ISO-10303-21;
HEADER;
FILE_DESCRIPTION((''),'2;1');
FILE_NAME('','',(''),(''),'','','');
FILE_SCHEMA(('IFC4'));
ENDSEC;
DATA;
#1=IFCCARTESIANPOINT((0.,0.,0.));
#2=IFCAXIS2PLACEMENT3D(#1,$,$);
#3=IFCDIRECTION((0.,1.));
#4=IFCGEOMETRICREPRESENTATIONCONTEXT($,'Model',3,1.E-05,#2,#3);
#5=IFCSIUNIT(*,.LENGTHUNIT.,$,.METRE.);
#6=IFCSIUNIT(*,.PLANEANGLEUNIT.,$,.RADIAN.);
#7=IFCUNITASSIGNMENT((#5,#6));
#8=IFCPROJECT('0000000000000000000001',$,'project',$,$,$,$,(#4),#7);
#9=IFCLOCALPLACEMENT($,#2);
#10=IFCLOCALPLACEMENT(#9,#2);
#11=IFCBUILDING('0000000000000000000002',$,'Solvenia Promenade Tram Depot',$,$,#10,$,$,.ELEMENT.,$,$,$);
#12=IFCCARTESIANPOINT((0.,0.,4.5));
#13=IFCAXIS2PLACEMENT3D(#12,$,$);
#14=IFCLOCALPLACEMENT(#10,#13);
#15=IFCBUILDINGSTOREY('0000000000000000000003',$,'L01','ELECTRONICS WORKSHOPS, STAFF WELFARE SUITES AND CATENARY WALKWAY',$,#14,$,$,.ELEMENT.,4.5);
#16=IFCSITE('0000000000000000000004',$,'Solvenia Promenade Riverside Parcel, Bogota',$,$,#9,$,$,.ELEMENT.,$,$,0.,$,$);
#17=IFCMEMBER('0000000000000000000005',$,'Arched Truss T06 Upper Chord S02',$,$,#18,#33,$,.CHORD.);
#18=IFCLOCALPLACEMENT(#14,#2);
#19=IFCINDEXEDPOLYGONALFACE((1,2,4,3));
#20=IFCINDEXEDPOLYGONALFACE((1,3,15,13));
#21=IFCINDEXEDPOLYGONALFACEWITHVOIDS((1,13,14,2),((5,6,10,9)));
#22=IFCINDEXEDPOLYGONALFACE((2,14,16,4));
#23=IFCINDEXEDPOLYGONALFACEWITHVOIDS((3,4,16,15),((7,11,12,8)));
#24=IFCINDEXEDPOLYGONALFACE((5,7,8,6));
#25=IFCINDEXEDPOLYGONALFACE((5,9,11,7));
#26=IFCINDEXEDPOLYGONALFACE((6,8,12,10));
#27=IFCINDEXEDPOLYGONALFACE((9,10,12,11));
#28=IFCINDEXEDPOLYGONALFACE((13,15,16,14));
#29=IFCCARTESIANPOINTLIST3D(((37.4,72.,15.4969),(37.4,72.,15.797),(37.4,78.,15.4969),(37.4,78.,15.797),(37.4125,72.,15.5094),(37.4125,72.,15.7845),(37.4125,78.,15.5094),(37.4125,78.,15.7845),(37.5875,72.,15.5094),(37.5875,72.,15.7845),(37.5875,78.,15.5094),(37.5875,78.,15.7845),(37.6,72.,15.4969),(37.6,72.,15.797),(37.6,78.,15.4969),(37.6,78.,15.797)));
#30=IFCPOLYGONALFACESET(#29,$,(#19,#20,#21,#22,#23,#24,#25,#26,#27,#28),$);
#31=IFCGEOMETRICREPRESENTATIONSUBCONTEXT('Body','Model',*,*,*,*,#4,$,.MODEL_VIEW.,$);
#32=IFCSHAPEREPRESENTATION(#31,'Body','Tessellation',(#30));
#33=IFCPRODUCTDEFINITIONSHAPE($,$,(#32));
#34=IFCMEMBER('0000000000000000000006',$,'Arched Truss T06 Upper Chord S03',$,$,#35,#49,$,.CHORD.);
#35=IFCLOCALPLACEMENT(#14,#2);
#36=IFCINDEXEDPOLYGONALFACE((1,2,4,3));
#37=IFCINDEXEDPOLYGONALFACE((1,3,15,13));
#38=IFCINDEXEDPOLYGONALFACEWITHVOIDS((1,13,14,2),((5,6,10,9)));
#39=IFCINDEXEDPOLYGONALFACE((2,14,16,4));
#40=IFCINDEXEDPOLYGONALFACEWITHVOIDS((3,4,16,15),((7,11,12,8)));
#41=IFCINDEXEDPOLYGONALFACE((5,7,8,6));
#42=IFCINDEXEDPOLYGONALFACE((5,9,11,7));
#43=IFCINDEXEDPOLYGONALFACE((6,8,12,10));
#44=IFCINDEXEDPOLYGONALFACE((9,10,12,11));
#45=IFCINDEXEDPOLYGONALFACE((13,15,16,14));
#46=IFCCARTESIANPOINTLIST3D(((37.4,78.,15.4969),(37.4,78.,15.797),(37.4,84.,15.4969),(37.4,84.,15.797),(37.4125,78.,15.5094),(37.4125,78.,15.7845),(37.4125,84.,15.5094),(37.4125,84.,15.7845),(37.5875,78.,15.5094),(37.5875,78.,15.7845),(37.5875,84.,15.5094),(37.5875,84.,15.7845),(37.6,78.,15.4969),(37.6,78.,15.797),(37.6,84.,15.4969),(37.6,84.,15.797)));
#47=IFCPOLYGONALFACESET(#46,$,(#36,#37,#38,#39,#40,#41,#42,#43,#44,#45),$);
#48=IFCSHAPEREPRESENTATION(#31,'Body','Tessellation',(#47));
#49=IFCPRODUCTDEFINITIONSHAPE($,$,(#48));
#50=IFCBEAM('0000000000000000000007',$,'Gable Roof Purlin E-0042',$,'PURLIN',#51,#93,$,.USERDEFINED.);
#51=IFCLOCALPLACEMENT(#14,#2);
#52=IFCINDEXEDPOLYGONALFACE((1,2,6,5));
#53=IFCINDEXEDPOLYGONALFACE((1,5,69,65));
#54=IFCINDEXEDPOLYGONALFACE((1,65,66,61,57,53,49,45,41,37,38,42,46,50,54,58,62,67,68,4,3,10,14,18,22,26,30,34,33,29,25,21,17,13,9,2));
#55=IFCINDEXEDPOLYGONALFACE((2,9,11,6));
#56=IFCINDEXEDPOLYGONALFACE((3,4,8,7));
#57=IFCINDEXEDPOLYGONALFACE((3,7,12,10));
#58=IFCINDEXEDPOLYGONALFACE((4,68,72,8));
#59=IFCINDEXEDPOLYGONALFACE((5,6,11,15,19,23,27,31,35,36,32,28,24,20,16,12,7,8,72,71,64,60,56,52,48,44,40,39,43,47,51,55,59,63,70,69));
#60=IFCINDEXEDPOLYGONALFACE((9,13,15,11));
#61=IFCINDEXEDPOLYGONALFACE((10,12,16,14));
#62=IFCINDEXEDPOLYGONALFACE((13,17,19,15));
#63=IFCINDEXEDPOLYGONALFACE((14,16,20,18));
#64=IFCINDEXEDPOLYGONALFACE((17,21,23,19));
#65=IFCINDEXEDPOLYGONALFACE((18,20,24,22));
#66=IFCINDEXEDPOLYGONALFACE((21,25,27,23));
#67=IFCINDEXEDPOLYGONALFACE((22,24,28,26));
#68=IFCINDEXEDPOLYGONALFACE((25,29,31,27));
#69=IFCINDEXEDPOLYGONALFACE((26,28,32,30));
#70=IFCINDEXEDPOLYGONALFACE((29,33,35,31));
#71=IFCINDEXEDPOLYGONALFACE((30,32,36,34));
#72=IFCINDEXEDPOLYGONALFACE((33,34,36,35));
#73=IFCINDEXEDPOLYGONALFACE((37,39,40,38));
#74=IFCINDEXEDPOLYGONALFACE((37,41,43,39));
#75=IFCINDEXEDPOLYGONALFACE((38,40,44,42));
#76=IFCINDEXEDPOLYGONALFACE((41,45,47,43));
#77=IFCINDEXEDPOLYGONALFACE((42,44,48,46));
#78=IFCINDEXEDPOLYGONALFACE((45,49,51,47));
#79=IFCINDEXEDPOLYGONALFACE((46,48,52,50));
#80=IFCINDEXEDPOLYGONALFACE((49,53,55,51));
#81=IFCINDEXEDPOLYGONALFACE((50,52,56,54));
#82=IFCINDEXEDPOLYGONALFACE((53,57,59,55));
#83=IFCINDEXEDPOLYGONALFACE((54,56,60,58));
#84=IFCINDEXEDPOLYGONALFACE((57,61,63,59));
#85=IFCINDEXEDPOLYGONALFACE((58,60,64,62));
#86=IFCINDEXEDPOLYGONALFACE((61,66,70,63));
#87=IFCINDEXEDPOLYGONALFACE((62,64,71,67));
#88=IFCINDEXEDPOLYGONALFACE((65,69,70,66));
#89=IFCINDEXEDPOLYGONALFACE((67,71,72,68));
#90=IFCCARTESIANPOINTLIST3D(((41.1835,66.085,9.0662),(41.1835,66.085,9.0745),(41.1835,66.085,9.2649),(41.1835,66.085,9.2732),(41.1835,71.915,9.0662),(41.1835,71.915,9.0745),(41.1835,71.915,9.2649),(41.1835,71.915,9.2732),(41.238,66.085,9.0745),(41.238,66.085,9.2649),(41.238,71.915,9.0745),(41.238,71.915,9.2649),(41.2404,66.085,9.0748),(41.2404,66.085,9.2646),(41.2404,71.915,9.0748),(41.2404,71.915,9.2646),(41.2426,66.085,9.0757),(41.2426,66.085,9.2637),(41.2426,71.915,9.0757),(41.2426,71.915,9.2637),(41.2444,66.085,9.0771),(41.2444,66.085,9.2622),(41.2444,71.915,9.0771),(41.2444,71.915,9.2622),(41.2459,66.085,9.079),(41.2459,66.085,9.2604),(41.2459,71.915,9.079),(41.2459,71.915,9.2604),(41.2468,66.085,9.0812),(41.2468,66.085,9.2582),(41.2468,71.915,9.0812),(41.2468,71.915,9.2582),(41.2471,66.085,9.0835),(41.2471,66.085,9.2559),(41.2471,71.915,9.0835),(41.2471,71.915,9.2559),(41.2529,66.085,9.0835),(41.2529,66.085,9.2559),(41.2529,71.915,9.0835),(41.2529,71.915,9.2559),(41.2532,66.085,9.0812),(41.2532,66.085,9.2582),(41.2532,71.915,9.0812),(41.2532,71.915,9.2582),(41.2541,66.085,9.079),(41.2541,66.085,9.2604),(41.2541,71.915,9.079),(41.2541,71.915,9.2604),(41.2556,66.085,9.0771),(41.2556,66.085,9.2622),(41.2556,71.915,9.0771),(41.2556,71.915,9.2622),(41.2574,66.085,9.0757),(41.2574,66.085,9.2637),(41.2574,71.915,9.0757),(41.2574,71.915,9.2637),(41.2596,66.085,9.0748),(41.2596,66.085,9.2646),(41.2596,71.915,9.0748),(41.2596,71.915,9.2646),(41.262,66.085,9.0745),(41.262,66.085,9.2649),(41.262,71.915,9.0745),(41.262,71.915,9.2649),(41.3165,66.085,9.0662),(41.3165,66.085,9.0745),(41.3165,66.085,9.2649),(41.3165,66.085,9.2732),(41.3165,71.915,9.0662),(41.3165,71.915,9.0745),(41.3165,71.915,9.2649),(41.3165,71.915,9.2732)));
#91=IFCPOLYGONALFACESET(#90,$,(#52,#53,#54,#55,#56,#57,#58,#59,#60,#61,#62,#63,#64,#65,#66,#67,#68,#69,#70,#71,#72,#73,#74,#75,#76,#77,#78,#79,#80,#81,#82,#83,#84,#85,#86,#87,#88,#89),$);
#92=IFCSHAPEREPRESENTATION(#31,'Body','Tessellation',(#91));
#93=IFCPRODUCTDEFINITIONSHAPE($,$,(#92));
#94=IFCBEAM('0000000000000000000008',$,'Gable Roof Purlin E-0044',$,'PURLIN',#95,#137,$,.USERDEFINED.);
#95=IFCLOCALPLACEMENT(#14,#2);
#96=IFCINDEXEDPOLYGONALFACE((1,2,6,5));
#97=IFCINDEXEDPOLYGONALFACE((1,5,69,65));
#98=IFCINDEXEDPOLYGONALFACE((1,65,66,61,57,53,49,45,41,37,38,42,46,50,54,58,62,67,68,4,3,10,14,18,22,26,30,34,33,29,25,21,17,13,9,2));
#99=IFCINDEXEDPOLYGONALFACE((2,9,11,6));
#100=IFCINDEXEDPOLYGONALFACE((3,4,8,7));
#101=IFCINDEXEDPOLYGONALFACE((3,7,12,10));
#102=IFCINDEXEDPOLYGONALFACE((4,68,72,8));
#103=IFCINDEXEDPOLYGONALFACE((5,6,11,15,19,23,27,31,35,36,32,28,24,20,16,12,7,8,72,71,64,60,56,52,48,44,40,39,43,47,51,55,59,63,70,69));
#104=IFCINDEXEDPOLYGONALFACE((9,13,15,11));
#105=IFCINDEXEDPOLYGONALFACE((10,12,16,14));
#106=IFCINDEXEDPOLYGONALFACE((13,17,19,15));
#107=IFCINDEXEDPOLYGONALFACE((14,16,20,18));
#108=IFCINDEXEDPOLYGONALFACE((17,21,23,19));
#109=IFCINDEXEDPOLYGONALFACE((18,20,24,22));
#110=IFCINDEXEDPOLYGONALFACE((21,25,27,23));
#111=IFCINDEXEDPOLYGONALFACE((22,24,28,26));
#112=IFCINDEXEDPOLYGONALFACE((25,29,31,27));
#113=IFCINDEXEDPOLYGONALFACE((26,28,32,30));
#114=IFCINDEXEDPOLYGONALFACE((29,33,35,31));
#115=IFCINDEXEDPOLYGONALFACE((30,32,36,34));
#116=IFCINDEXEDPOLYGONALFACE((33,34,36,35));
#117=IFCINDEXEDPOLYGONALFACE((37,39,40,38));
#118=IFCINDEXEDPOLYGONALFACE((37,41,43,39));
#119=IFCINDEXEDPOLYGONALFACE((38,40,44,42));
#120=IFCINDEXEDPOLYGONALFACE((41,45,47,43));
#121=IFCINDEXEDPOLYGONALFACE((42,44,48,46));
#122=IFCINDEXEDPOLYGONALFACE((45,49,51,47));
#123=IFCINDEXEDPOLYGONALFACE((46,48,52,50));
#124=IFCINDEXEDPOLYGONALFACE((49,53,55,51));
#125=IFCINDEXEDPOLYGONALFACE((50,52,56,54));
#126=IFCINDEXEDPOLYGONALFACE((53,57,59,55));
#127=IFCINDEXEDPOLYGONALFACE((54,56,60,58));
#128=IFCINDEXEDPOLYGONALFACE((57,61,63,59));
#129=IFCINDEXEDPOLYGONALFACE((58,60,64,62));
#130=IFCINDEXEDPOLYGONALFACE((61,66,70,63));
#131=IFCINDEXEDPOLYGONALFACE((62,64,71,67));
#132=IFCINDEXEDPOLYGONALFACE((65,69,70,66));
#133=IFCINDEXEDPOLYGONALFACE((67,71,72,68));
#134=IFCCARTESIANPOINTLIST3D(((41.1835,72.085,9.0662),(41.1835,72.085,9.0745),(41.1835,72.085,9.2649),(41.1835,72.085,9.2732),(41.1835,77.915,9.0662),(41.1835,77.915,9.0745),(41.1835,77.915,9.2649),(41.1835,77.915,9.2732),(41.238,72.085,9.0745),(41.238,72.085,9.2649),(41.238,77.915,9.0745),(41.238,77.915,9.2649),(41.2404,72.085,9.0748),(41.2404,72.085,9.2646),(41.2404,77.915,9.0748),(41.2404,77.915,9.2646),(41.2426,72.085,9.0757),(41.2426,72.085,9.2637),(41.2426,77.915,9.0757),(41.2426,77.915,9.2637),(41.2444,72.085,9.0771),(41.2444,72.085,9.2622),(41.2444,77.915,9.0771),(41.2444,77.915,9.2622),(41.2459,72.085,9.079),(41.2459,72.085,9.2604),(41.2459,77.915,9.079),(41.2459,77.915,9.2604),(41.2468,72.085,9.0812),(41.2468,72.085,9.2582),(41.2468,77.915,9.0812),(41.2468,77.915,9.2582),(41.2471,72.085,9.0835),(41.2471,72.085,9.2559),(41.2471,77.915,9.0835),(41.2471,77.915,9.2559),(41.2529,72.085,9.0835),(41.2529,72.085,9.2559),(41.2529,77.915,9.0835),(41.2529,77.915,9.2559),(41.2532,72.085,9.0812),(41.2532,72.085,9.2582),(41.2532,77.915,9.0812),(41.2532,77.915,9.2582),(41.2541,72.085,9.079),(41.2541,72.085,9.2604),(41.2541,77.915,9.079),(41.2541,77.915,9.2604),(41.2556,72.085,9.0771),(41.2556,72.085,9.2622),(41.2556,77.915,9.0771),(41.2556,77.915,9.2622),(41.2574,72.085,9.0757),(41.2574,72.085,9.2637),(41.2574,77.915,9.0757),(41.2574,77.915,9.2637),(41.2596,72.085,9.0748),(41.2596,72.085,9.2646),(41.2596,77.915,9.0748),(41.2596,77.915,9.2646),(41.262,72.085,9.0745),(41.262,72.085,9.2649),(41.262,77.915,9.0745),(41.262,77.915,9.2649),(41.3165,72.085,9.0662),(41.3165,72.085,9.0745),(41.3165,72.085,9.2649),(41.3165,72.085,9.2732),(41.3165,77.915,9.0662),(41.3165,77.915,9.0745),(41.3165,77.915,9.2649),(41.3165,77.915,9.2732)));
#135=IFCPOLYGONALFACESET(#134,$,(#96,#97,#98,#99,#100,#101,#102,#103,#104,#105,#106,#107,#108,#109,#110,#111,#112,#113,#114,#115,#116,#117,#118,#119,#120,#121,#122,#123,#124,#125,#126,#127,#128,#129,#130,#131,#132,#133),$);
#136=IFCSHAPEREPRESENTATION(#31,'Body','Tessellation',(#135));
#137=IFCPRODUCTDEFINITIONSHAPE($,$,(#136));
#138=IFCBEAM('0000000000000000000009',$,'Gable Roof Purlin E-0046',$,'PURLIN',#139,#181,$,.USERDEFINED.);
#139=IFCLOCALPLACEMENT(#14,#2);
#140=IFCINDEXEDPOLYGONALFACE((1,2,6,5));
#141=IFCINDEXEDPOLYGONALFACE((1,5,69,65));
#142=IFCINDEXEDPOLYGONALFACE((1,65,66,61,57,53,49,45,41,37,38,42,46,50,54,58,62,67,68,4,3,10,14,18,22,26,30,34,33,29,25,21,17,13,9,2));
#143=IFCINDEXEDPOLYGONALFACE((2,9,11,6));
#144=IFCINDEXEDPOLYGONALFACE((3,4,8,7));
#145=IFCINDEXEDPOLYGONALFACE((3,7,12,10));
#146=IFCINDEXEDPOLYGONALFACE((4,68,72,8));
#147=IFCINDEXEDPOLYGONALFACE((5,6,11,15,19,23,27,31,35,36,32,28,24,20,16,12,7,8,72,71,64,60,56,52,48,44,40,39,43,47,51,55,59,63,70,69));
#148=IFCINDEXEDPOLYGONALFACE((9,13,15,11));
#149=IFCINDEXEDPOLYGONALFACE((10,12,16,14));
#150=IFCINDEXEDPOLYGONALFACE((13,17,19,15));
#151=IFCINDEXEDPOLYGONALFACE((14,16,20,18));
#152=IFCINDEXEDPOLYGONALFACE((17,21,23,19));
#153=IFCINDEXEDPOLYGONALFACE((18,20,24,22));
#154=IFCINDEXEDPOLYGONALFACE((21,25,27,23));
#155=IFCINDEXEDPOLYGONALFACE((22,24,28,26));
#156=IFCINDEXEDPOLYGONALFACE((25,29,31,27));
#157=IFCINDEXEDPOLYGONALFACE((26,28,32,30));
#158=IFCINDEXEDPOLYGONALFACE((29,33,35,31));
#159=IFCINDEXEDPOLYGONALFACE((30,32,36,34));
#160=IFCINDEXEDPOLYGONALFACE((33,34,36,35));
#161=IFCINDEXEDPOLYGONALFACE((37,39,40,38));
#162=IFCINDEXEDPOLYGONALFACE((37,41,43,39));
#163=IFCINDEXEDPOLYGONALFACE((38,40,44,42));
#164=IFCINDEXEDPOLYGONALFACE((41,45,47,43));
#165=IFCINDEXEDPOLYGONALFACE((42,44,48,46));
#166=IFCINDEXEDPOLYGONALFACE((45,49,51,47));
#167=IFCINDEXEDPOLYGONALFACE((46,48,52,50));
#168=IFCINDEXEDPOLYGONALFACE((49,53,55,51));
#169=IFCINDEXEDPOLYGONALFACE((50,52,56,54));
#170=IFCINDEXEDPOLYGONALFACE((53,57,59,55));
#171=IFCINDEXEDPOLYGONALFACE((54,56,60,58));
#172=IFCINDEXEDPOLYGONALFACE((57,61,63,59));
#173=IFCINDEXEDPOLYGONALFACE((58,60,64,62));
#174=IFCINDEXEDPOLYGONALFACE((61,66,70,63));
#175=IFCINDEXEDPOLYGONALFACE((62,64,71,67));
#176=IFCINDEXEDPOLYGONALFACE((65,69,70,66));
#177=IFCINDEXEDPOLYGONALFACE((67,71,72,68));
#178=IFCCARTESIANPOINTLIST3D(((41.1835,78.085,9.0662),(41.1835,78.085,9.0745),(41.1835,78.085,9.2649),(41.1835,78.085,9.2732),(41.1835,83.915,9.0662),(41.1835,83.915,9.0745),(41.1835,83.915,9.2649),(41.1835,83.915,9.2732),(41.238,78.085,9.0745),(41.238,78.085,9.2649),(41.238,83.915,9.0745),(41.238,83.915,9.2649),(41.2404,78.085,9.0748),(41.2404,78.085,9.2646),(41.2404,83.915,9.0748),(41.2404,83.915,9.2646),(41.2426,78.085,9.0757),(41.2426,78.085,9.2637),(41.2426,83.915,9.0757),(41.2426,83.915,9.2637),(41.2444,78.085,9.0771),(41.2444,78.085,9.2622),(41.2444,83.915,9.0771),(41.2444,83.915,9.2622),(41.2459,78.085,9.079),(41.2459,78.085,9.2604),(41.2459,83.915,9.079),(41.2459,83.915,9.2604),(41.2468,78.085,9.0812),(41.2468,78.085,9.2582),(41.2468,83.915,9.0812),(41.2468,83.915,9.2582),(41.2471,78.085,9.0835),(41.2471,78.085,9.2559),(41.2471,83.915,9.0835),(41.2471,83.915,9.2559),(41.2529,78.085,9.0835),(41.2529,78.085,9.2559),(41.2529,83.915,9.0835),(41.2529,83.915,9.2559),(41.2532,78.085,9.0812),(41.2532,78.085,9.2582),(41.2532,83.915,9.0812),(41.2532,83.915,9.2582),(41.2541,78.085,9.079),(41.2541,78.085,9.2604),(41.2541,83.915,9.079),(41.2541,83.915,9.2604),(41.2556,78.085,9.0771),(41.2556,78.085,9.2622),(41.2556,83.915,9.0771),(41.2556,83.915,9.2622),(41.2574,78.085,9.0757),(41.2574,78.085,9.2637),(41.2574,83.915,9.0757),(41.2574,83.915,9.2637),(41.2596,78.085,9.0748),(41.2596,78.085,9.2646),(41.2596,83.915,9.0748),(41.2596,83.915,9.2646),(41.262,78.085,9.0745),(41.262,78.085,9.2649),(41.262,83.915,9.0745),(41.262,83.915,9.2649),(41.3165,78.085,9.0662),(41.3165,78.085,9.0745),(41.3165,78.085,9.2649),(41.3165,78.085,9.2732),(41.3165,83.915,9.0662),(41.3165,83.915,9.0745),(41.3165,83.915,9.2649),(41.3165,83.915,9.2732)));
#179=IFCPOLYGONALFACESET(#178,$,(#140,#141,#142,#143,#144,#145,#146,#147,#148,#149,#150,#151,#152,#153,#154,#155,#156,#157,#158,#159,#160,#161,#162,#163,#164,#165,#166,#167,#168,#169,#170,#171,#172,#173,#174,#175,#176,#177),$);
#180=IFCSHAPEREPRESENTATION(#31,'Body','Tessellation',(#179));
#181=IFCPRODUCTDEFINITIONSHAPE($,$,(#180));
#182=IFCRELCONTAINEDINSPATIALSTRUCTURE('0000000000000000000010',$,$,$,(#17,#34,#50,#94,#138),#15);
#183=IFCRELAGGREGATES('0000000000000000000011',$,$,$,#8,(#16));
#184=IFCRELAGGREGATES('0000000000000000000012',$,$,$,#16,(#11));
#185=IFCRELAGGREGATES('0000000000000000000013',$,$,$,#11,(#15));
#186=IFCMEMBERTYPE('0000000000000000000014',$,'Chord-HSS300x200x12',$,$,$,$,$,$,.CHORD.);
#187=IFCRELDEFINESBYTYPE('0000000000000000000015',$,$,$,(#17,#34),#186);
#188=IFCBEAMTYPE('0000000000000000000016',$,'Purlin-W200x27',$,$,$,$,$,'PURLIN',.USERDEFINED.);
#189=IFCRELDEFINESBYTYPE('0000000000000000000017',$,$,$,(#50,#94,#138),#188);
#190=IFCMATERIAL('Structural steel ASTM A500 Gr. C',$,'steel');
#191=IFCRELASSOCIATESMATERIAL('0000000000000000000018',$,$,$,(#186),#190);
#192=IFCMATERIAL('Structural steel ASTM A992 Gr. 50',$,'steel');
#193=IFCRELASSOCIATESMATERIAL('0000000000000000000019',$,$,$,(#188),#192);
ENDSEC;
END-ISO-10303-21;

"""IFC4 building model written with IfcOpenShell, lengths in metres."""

from ifc_helpers import new_model, si_unit, direction, frame, origin, origin_2d, place, context, subcontext, project, spatial, hollow_rectangle, i_section, extrude, material, material_profile, profile_set, type_object, element, save


model = new_model("IFC4")

# Units and contexts
model_context = context("Model", 3, precision=1e-05, world=origin(), true_north=direction((0.0, 1.0)))
body_context = subcontext(model_context, "Body", "Model", "MODEL_VIEW")
ifc_project = project(units=[si_unit("LENGTHUNIT", "METRE"), si_unit("PLANEANGLEUNIT", "RADIAN")], contexts=[model_context])

# Site, building, storey
site_placement = place(None, origin())
site = spatial("IfcSite", under=ifc_project, at=site_placement, Name="Solvenia Promenade Riverside Parcel, Bogota", CompositionType="ELEMENT", RefElevation=0.0)
building_placement = place(site_placement, origin())
building = spatial("IfcBuilding", under=site, at=building_placement, Name="Solvenia Promenade Tram Depot", CompositionType="ELEMENT")
storey_placement = place(building_placement, frame((0.0, 0.0, 4.5)))
storey = spatial("IfcBuildingStorey", under=building, at=storey_placement, Name="L01", Description="ELECTRONICS WORKSHOPS, STAFF WELFARE SUITES AND CATENARY WALKWAY", CompositionType="ELEMENT", Elevation=4.5)

# Members
ifc_material_1 = material(Name="Structural steel ASTM A500 Gr. C", Category="steel")
ifc_material_profile_1 = material_profile(ifc_material_1, hollow_rectangle(XDim=0.2, YDim=0.3, WallThickness=0.0125, at=origin_2d()), Name="HSS300x200x12.5", Category="steel")
ifc_profile_set_1 = profile_set([ifc_material_profile_1], Name="Structural steel ASTM A500 Gr. C")
member_type_1 = type_object("IfcMemberType", Name="Chord-HSS300x200x12", PredefinedType="CHORD", material=ifc_profile_set_1)
for number, where, z_axis, x_axis, name in (
    (1, (37.5, 72.0, 15.647), (0.0, 1.0, 0.0), (-1.0, 0.0, 0.0), "Arched Truss T06 Upper Chord S02"),
    (2, (37.5, 78.0, 15.647), (0.0, 1.0, 0.0), (-1.0, 0.0, 0.0), "Arched Truss T06 Upper Chord S03"),
):
    element("IfcMember", number, at=place(storey_placement, frame(where, z_axis=z_axis, x_axis=x_axis)), inside=storey, type_object=member_type_1, Name=name, PredefinedType="CHORD", context=body_context, shape_type="SweptSolid", body=[
        extrude(hollow_rectangle(XDim=0.2, YDim=0.3, WallThickness=0.0125, at=origin_2d()), origin(), (0.0, 0.0, 1.0), 6.0),
    ])

# Beams
ifc_material_2 = material(Name="Structural steel ASTM A992 Gr. 50", Category="steel")
ifc_material_profile_2 = material_profile(ifc_material_2, i_section(OverallWidth=0.1331, OverallDepth=0.207, WebThickness=0.0059, FlangeThickness=0.0083, FilletRadius=0.009, at=origin_2d()), Name="W200x27", Category="steel")
ifc_profile_set_2 = profile_set([ifc_material_profile_2], Name="Structural steel ASTM A992 Gr. 50")
beam_type_1 = type_object("IfcBeamType", Name="Purlin-W200x27", ElementType="PURLIN", PredefinedType="USERDEFINED", material=ifc_profile_set_2)
for number, where, z_axis, x_axis, name in (
    (3, (41.25, 66.085, 9.1697), (0.0, 1.0, 0.0), (-1.0, 0.0, 0.0), "Gable Roof Purlin E-0042"),
    (4, (41.25, 72.085, 9.1697), (0.0, 1.0, 0.0), (-1.0, 0.0, 0.0), "Gable Roof Purlin E-0044"),
    (5, (41.25, 78.085, 9.1697), (0.0, 1.0, 0.0), (-1.0, 0.0, 0.0), "Gable Roof Purlin E-0046"),
):
    element("IfcBeam", number, at=place(storey_placement, frame(where, z_axis=z_axis, x_axis=x_axis)), inside=storey, type_object=beam_type_1, Name=name, ObjectType="PURLIN", PredefinedType="USERDEFINED", context=body_context, shape_type="SweptSolid", body=[
        extrude(i_section(OverallWidth=0.1331, OverallDepth=0.207, WebThickness=0.0059, FlangeThickness=0.0083, FilletRadius=0.009, at=origin_2d()), origin(), (0.0, 0.0, 1.0), 5.8301),
    ])

save(model, "model.ifc")
